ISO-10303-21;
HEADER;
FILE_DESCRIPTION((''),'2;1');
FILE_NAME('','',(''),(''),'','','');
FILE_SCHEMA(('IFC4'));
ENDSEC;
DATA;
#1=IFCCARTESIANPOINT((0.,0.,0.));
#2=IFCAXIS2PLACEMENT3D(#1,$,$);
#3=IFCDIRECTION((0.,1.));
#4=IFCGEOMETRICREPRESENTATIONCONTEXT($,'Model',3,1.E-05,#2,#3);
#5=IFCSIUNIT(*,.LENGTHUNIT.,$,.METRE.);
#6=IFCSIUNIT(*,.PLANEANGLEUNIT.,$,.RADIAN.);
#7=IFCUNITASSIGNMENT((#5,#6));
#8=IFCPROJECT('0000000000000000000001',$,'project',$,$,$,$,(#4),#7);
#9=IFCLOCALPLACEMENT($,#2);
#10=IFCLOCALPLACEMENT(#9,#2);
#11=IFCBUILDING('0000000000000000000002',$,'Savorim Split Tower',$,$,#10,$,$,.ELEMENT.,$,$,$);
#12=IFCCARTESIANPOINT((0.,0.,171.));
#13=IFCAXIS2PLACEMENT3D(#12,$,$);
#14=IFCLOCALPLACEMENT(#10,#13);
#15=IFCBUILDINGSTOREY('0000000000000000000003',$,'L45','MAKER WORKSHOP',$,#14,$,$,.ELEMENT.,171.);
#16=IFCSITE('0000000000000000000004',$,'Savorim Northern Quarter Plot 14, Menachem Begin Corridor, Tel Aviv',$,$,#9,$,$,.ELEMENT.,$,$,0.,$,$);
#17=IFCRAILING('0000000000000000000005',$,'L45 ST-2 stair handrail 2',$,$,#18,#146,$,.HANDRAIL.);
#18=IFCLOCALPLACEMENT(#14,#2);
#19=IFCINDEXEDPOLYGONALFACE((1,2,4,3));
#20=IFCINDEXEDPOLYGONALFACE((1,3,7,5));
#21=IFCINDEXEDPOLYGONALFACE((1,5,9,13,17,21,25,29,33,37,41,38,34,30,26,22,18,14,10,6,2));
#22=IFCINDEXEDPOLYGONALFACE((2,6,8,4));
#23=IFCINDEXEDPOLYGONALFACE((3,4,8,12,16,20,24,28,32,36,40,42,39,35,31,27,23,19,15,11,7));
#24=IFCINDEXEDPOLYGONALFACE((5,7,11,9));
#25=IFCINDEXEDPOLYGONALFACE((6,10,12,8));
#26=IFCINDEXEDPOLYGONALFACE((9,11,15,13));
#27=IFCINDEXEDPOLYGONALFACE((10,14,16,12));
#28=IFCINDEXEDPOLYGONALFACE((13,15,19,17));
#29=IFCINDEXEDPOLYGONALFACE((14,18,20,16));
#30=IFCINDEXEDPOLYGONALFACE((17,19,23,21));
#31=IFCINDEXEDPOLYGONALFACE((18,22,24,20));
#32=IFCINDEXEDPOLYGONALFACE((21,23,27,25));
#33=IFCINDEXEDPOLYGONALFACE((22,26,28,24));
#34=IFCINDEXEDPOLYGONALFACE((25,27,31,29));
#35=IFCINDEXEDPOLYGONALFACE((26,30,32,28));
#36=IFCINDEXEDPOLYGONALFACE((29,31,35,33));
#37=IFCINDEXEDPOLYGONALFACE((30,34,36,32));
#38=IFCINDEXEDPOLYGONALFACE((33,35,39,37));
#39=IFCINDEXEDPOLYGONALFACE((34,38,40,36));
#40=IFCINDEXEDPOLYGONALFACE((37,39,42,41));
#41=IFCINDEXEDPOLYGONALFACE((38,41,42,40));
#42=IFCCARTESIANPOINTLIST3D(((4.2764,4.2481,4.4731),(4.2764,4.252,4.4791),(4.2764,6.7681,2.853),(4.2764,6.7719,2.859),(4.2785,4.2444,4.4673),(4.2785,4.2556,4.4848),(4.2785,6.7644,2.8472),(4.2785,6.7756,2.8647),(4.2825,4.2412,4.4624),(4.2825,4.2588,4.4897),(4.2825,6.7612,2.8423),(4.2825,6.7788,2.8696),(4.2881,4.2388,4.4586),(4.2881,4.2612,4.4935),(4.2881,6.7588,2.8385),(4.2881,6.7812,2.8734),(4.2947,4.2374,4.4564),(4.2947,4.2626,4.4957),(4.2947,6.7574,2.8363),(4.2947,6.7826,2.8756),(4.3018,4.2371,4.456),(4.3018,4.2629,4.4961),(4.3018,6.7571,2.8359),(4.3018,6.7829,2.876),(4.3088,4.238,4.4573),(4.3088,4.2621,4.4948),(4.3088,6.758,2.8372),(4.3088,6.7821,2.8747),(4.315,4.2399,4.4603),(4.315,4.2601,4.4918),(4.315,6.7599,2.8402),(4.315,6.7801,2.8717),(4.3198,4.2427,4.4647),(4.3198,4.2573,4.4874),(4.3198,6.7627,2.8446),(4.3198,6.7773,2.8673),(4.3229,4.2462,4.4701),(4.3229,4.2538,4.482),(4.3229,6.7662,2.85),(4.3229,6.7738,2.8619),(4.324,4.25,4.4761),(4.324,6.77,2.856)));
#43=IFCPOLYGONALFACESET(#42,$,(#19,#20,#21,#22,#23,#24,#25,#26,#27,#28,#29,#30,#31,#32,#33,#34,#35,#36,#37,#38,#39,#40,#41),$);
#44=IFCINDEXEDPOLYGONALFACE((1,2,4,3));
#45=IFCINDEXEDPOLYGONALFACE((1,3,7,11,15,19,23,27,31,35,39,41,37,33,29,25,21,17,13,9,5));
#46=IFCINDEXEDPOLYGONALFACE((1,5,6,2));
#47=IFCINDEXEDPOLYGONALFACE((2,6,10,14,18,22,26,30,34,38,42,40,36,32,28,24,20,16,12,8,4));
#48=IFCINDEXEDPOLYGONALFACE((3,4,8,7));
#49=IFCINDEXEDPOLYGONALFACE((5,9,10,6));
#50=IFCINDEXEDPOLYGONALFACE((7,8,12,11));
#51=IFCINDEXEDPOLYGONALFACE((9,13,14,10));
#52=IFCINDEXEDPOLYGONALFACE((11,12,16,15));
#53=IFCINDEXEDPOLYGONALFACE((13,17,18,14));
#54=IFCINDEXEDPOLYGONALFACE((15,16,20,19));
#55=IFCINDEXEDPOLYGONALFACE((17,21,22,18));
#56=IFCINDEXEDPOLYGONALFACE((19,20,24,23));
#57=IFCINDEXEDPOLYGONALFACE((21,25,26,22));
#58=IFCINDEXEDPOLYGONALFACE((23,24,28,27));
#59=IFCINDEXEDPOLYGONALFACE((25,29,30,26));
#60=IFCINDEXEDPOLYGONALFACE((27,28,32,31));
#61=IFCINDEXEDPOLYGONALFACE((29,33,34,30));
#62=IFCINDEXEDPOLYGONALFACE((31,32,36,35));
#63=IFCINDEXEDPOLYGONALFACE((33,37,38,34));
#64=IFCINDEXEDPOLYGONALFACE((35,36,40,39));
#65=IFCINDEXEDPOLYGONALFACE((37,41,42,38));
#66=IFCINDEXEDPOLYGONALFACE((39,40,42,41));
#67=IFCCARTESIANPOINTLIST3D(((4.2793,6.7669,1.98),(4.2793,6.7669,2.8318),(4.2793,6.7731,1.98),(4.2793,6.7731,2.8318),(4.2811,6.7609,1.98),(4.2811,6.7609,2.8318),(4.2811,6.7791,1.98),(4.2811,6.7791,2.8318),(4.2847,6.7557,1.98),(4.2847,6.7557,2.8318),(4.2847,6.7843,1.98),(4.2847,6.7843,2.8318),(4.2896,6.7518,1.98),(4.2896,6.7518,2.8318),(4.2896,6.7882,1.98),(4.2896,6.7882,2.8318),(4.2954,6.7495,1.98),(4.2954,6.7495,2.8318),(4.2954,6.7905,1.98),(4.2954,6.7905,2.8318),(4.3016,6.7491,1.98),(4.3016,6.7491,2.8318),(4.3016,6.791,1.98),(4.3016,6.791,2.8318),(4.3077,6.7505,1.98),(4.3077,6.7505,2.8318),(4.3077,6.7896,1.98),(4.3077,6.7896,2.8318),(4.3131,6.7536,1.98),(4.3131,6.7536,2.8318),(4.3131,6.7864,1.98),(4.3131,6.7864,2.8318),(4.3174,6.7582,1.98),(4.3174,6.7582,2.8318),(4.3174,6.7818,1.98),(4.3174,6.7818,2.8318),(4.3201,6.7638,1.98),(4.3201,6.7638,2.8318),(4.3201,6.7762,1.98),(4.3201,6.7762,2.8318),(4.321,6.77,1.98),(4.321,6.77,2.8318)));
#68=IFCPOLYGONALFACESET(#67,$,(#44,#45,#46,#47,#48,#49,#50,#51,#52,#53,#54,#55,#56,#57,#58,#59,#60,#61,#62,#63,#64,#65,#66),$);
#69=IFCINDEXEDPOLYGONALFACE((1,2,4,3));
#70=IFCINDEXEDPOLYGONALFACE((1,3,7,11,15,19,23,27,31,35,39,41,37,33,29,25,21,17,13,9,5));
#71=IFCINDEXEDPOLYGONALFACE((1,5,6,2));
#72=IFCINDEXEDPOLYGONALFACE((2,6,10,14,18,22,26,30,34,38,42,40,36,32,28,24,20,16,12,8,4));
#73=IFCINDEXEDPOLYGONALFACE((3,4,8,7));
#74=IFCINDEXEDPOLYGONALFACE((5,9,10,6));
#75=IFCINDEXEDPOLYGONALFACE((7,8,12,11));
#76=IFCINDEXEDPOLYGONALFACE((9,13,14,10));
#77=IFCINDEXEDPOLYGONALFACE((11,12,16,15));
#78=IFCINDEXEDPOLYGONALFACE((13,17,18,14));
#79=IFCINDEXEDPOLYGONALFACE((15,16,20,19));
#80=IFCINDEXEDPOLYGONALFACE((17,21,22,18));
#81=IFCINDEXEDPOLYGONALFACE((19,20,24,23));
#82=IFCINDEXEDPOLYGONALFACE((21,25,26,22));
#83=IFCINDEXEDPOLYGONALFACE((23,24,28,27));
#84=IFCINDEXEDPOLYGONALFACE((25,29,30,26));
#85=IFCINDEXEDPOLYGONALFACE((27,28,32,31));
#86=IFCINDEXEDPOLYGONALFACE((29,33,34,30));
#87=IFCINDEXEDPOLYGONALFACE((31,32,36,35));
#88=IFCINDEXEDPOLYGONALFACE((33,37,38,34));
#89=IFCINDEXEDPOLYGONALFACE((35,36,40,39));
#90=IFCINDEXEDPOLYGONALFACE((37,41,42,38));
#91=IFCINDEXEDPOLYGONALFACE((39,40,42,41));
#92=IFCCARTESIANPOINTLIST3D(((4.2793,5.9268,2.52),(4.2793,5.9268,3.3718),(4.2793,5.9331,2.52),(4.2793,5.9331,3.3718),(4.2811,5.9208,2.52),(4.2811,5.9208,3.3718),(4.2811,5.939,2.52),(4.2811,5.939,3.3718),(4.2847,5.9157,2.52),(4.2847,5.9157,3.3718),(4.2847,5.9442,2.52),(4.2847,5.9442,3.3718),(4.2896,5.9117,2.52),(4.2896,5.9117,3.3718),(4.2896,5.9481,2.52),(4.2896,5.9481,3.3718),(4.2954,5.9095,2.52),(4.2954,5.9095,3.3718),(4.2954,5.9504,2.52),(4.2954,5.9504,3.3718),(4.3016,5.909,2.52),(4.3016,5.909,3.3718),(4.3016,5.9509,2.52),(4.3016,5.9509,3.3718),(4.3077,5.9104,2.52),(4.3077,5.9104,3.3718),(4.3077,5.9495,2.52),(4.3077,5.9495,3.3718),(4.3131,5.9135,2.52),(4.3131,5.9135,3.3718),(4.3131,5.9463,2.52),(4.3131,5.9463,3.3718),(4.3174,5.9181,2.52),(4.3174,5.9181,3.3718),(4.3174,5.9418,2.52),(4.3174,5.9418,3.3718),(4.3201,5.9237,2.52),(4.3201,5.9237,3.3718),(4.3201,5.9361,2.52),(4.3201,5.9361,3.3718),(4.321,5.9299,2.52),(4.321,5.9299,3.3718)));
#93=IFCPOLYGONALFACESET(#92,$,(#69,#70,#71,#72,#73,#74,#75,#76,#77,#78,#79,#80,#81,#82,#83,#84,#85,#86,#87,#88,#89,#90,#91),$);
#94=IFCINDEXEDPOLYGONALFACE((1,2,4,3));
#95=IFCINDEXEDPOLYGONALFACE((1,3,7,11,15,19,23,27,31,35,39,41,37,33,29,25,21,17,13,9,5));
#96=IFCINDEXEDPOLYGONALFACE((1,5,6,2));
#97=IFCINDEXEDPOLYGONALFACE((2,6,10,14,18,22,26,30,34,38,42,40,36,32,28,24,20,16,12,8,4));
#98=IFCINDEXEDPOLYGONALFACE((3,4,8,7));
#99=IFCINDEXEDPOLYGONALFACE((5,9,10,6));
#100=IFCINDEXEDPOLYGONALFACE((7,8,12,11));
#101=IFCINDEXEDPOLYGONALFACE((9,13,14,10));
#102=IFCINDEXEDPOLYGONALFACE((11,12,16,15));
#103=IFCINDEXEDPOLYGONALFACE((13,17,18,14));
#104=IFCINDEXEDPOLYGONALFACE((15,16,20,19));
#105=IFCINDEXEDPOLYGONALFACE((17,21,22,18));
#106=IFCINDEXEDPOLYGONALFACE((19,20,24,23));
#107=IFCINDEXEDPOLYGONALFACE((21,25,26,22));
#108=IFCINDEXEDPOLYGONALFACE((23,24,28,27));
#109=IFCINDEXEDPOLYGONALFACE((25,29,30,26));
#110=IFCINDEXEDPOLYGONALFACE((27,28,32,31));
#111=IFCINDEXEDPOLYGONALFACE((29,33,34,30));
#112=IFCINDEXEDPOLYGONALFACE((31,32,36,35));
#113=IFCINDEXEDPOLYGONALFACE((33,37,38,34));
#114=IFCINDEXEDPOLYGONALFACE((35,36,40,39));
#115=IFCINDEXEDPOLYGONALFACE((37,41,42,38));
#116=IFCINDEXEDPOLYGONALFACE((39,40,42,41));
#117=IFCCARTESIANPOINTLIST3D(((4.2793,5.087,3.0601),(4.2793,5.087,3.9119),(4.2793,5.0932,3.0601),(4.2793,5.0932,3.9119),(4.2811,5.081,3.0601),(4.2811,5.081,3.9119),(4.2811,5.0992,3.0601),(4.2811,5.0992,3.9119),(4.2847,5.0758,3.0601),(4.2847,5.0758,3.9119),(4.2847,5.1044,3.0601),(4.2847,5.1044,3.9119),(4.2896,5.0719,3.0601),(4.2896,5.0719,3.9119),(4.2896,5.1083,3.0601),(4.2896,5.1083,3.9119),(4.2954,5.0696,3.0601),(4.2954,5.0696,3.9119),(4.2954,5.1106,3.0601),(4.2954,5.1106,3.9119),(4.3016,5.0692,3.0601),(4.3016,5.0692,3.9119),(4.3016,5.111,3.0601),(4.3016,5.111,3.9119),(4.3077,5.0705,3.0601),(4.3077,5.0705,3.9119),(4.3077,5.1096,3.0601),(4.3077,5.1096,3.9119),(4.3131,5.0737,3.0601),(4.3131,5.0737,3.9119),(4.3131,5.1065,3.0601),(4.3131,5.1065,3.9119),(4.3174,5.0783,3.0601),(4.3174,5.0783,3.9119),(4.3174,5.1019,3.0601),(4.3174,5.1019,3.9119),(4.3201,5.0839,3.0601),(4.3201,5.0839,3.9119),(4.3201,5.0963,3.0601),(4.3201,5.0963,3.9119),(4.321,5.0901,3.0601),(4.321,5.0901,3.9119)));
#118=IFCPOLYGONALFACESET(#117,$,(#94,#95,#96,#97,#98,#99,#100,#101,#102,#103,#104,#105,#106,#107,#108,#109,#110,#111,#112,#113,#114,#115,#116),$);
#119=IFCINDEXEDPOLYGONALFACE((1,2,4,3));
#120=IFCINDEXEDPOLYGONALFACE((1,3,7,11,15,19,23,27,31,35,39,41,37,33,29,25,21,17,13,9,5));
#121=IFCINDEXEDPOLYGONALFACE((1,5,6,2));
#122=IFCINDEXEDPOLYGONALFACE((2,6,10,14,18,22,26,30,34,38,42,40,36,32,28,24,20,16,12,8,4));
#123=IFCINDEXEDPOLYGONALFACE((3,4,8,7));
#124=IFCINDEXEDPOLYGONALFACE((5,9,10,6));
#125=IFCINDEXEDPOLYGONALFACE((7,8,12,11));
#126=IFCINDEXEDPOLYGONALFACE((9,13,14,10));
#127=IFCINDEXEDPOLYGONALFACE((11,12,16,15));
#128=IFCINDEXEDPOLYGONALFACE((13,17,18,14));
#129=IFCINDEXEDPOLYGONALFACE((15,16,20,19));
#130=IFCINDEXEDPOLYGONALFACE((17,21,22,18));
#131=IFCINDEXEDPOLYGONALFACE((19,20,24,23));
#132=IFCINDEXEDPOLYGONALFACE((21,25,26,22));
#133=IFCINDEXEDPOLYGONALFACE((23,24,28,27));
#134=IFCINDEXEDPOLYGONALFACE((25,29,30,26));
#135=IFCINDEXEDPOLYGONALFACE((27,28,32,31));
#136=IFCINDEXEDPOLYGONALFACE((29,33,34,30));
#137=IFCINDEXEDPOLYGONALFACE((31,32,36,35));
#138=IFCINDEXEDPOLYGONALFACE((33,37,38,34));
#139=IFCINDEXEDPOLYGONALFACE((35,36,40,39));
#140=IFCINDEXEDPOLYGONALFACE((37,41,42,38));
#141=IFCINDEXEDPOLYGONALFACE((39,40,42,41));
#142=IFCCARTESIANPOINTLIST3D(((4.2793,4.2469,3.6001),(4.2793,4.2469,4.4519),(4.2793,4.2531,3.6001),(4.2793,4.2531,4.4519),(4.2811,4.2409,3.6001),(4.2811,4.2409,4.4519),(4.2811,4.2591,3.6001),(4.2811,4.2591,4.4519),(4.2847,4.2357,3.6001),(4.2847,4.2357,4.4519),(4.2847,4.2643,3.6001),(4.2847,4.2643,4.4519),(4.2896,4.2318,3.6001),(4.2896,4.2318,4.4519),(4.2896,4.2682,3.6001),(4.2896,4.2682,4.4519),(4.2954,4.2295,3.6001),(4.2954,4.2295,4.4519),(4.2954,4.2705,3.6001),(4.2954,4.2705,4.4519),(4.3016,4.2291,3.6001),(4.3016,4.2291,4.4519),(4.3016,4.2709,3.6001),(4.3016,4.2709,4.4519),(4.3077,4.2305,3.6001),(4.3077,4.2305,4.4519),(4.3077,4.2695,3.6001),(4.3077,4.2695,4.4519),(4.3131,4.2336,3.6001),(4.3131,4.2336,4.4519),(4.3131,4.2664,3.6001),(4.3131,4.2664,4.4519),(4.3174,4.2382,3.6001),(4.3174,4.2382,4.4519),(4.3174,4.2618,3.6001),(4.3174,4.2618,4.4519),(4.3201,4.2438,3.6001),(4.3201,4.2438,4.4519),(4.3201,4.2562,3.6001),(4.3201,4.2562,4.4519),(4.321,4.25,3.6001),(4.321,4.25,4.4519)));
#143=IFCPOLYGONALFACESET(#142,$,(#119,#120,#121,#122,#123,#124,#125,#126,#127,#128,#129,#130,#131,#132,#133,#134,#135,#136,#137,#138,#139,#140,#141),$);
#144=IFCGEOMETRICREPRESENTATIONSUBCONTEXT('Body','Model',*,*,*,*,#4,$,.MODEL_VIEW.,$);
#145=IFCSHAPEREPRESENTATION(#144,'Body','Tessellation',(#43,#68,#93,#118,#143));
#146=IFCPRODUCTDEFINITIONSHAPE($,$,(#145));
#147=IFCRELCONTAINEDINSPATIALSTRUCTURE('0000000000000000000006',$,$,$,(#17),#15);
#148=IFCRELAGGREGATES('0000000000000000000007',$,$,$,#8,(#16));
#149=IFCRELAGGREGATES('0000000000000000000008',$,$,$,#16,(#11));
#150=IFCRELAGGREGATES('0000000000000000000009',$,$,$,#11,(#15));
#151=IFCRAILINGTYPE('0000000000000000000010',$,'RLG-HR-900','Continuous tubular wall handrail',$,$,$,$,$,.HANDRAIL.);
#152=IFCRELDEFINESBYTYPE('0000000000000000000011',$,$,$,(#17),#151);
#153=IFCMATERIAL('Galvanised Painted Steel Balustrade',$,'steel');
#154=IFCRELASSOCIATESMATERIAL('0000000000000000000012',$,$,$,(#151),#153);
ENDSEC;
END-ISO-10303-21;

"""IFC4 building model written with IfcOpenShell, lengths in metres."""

from ifc_helpers import new_model, si_unit, direction, frame, origin, origin_2d, place, context, subcontext, project, spatial, circle, extrude, material, type_object, element, save


model = new_model("IFC4")

# Units and contexts
model_context = context("Model", 3, precision=1e-05, world=origin(), true_north=direction((0.0, 1.0)))
body_context = subcontext(model_context, "Body", "Model", "MODEL_VIEW")
ifc_project = project(units=[si_unit("LENGTHUNIT", "METRE"), si_unit("PLANEANGLEUNIT", "RADIAN")], contexts=[model_context])

# Site, building, storey
site_placement = place(None, origin())
site = spatial("IfcSite", under=ifc_project, at=site_placement, Name="Savorim Northern Quarter Plot 14, Menachem Begin Corridor, Tel Aviv", CompositionType="ELEMENT", RefElevation=0.0)
building_placement = place(site_placement, origin())
building = spatial("IfcBuilding", under=site, at=building_placement, Name="Savorim Split Tower", CompositionType="ELEMENT")
storey_placement = place(building_placement, frame((0.0, 0.0, 171.0)))
storey = spatial("IfcBuildingStorey", under=building, at=storey_placement, Name="L45", Description="MAKER WORKSHOP", CompositionType="ELEMENT", Elevation=171.0)

# Railing
ifc_material_1 = material(Name="Galvanised Painted Steel Balustrade", Category="steel")
railing_type_1 = type_object("IfcRailingType", Name="RLG-HR-900", Description="Continuous tubular wall handrail", PredefinedType="HANDRAIL", material=ifc_material_1)
railing_1_placement = place(storey_placement, frame((4.3, 6.77, 1.98)))
element("IfcRailing", 1, at=railing_1_placement, inside=storey, type_object=railing_type_1, Name="L45 ST-2 stair handrail 2", PredefinedType="HANDRAIL", context=body_context, shape_type="SweptSolid", body=[
    extrude(circle(Radius=0.0239, at=origin_2d()), frame((0.0, 0.0, 0.876), z_axis=(0.0, -0.841163, 0.540782), x_axis=(1.0, 0.0, 0.0)), (0.0, 0.0, 1.0), 2.9958),
    extrude(circle(Radius=0.021, at=origin_2d()), origin(), (0.0, 0.0, 1.0), 0.8518),
    extrude(circle(Radius=0.021, at=origin_2d()), frame((0.0, -0.8401, 0.54)), (0.0, 0.0, 1.0), 0.8518),
    extrude(circle(Radius=0.021, at=origin_2d()), frame((0.0, -1.6799, 1.0801)), (0.0, 0.0, 1.0), 0.8518),
    extrude(circle(Radius=0.021, at=origin_2d()), frame((0.0, -2.52, 1.6201)), (0.0, 0.0, 1.0), 0.8518),
])

save(model, "model.ifc")
